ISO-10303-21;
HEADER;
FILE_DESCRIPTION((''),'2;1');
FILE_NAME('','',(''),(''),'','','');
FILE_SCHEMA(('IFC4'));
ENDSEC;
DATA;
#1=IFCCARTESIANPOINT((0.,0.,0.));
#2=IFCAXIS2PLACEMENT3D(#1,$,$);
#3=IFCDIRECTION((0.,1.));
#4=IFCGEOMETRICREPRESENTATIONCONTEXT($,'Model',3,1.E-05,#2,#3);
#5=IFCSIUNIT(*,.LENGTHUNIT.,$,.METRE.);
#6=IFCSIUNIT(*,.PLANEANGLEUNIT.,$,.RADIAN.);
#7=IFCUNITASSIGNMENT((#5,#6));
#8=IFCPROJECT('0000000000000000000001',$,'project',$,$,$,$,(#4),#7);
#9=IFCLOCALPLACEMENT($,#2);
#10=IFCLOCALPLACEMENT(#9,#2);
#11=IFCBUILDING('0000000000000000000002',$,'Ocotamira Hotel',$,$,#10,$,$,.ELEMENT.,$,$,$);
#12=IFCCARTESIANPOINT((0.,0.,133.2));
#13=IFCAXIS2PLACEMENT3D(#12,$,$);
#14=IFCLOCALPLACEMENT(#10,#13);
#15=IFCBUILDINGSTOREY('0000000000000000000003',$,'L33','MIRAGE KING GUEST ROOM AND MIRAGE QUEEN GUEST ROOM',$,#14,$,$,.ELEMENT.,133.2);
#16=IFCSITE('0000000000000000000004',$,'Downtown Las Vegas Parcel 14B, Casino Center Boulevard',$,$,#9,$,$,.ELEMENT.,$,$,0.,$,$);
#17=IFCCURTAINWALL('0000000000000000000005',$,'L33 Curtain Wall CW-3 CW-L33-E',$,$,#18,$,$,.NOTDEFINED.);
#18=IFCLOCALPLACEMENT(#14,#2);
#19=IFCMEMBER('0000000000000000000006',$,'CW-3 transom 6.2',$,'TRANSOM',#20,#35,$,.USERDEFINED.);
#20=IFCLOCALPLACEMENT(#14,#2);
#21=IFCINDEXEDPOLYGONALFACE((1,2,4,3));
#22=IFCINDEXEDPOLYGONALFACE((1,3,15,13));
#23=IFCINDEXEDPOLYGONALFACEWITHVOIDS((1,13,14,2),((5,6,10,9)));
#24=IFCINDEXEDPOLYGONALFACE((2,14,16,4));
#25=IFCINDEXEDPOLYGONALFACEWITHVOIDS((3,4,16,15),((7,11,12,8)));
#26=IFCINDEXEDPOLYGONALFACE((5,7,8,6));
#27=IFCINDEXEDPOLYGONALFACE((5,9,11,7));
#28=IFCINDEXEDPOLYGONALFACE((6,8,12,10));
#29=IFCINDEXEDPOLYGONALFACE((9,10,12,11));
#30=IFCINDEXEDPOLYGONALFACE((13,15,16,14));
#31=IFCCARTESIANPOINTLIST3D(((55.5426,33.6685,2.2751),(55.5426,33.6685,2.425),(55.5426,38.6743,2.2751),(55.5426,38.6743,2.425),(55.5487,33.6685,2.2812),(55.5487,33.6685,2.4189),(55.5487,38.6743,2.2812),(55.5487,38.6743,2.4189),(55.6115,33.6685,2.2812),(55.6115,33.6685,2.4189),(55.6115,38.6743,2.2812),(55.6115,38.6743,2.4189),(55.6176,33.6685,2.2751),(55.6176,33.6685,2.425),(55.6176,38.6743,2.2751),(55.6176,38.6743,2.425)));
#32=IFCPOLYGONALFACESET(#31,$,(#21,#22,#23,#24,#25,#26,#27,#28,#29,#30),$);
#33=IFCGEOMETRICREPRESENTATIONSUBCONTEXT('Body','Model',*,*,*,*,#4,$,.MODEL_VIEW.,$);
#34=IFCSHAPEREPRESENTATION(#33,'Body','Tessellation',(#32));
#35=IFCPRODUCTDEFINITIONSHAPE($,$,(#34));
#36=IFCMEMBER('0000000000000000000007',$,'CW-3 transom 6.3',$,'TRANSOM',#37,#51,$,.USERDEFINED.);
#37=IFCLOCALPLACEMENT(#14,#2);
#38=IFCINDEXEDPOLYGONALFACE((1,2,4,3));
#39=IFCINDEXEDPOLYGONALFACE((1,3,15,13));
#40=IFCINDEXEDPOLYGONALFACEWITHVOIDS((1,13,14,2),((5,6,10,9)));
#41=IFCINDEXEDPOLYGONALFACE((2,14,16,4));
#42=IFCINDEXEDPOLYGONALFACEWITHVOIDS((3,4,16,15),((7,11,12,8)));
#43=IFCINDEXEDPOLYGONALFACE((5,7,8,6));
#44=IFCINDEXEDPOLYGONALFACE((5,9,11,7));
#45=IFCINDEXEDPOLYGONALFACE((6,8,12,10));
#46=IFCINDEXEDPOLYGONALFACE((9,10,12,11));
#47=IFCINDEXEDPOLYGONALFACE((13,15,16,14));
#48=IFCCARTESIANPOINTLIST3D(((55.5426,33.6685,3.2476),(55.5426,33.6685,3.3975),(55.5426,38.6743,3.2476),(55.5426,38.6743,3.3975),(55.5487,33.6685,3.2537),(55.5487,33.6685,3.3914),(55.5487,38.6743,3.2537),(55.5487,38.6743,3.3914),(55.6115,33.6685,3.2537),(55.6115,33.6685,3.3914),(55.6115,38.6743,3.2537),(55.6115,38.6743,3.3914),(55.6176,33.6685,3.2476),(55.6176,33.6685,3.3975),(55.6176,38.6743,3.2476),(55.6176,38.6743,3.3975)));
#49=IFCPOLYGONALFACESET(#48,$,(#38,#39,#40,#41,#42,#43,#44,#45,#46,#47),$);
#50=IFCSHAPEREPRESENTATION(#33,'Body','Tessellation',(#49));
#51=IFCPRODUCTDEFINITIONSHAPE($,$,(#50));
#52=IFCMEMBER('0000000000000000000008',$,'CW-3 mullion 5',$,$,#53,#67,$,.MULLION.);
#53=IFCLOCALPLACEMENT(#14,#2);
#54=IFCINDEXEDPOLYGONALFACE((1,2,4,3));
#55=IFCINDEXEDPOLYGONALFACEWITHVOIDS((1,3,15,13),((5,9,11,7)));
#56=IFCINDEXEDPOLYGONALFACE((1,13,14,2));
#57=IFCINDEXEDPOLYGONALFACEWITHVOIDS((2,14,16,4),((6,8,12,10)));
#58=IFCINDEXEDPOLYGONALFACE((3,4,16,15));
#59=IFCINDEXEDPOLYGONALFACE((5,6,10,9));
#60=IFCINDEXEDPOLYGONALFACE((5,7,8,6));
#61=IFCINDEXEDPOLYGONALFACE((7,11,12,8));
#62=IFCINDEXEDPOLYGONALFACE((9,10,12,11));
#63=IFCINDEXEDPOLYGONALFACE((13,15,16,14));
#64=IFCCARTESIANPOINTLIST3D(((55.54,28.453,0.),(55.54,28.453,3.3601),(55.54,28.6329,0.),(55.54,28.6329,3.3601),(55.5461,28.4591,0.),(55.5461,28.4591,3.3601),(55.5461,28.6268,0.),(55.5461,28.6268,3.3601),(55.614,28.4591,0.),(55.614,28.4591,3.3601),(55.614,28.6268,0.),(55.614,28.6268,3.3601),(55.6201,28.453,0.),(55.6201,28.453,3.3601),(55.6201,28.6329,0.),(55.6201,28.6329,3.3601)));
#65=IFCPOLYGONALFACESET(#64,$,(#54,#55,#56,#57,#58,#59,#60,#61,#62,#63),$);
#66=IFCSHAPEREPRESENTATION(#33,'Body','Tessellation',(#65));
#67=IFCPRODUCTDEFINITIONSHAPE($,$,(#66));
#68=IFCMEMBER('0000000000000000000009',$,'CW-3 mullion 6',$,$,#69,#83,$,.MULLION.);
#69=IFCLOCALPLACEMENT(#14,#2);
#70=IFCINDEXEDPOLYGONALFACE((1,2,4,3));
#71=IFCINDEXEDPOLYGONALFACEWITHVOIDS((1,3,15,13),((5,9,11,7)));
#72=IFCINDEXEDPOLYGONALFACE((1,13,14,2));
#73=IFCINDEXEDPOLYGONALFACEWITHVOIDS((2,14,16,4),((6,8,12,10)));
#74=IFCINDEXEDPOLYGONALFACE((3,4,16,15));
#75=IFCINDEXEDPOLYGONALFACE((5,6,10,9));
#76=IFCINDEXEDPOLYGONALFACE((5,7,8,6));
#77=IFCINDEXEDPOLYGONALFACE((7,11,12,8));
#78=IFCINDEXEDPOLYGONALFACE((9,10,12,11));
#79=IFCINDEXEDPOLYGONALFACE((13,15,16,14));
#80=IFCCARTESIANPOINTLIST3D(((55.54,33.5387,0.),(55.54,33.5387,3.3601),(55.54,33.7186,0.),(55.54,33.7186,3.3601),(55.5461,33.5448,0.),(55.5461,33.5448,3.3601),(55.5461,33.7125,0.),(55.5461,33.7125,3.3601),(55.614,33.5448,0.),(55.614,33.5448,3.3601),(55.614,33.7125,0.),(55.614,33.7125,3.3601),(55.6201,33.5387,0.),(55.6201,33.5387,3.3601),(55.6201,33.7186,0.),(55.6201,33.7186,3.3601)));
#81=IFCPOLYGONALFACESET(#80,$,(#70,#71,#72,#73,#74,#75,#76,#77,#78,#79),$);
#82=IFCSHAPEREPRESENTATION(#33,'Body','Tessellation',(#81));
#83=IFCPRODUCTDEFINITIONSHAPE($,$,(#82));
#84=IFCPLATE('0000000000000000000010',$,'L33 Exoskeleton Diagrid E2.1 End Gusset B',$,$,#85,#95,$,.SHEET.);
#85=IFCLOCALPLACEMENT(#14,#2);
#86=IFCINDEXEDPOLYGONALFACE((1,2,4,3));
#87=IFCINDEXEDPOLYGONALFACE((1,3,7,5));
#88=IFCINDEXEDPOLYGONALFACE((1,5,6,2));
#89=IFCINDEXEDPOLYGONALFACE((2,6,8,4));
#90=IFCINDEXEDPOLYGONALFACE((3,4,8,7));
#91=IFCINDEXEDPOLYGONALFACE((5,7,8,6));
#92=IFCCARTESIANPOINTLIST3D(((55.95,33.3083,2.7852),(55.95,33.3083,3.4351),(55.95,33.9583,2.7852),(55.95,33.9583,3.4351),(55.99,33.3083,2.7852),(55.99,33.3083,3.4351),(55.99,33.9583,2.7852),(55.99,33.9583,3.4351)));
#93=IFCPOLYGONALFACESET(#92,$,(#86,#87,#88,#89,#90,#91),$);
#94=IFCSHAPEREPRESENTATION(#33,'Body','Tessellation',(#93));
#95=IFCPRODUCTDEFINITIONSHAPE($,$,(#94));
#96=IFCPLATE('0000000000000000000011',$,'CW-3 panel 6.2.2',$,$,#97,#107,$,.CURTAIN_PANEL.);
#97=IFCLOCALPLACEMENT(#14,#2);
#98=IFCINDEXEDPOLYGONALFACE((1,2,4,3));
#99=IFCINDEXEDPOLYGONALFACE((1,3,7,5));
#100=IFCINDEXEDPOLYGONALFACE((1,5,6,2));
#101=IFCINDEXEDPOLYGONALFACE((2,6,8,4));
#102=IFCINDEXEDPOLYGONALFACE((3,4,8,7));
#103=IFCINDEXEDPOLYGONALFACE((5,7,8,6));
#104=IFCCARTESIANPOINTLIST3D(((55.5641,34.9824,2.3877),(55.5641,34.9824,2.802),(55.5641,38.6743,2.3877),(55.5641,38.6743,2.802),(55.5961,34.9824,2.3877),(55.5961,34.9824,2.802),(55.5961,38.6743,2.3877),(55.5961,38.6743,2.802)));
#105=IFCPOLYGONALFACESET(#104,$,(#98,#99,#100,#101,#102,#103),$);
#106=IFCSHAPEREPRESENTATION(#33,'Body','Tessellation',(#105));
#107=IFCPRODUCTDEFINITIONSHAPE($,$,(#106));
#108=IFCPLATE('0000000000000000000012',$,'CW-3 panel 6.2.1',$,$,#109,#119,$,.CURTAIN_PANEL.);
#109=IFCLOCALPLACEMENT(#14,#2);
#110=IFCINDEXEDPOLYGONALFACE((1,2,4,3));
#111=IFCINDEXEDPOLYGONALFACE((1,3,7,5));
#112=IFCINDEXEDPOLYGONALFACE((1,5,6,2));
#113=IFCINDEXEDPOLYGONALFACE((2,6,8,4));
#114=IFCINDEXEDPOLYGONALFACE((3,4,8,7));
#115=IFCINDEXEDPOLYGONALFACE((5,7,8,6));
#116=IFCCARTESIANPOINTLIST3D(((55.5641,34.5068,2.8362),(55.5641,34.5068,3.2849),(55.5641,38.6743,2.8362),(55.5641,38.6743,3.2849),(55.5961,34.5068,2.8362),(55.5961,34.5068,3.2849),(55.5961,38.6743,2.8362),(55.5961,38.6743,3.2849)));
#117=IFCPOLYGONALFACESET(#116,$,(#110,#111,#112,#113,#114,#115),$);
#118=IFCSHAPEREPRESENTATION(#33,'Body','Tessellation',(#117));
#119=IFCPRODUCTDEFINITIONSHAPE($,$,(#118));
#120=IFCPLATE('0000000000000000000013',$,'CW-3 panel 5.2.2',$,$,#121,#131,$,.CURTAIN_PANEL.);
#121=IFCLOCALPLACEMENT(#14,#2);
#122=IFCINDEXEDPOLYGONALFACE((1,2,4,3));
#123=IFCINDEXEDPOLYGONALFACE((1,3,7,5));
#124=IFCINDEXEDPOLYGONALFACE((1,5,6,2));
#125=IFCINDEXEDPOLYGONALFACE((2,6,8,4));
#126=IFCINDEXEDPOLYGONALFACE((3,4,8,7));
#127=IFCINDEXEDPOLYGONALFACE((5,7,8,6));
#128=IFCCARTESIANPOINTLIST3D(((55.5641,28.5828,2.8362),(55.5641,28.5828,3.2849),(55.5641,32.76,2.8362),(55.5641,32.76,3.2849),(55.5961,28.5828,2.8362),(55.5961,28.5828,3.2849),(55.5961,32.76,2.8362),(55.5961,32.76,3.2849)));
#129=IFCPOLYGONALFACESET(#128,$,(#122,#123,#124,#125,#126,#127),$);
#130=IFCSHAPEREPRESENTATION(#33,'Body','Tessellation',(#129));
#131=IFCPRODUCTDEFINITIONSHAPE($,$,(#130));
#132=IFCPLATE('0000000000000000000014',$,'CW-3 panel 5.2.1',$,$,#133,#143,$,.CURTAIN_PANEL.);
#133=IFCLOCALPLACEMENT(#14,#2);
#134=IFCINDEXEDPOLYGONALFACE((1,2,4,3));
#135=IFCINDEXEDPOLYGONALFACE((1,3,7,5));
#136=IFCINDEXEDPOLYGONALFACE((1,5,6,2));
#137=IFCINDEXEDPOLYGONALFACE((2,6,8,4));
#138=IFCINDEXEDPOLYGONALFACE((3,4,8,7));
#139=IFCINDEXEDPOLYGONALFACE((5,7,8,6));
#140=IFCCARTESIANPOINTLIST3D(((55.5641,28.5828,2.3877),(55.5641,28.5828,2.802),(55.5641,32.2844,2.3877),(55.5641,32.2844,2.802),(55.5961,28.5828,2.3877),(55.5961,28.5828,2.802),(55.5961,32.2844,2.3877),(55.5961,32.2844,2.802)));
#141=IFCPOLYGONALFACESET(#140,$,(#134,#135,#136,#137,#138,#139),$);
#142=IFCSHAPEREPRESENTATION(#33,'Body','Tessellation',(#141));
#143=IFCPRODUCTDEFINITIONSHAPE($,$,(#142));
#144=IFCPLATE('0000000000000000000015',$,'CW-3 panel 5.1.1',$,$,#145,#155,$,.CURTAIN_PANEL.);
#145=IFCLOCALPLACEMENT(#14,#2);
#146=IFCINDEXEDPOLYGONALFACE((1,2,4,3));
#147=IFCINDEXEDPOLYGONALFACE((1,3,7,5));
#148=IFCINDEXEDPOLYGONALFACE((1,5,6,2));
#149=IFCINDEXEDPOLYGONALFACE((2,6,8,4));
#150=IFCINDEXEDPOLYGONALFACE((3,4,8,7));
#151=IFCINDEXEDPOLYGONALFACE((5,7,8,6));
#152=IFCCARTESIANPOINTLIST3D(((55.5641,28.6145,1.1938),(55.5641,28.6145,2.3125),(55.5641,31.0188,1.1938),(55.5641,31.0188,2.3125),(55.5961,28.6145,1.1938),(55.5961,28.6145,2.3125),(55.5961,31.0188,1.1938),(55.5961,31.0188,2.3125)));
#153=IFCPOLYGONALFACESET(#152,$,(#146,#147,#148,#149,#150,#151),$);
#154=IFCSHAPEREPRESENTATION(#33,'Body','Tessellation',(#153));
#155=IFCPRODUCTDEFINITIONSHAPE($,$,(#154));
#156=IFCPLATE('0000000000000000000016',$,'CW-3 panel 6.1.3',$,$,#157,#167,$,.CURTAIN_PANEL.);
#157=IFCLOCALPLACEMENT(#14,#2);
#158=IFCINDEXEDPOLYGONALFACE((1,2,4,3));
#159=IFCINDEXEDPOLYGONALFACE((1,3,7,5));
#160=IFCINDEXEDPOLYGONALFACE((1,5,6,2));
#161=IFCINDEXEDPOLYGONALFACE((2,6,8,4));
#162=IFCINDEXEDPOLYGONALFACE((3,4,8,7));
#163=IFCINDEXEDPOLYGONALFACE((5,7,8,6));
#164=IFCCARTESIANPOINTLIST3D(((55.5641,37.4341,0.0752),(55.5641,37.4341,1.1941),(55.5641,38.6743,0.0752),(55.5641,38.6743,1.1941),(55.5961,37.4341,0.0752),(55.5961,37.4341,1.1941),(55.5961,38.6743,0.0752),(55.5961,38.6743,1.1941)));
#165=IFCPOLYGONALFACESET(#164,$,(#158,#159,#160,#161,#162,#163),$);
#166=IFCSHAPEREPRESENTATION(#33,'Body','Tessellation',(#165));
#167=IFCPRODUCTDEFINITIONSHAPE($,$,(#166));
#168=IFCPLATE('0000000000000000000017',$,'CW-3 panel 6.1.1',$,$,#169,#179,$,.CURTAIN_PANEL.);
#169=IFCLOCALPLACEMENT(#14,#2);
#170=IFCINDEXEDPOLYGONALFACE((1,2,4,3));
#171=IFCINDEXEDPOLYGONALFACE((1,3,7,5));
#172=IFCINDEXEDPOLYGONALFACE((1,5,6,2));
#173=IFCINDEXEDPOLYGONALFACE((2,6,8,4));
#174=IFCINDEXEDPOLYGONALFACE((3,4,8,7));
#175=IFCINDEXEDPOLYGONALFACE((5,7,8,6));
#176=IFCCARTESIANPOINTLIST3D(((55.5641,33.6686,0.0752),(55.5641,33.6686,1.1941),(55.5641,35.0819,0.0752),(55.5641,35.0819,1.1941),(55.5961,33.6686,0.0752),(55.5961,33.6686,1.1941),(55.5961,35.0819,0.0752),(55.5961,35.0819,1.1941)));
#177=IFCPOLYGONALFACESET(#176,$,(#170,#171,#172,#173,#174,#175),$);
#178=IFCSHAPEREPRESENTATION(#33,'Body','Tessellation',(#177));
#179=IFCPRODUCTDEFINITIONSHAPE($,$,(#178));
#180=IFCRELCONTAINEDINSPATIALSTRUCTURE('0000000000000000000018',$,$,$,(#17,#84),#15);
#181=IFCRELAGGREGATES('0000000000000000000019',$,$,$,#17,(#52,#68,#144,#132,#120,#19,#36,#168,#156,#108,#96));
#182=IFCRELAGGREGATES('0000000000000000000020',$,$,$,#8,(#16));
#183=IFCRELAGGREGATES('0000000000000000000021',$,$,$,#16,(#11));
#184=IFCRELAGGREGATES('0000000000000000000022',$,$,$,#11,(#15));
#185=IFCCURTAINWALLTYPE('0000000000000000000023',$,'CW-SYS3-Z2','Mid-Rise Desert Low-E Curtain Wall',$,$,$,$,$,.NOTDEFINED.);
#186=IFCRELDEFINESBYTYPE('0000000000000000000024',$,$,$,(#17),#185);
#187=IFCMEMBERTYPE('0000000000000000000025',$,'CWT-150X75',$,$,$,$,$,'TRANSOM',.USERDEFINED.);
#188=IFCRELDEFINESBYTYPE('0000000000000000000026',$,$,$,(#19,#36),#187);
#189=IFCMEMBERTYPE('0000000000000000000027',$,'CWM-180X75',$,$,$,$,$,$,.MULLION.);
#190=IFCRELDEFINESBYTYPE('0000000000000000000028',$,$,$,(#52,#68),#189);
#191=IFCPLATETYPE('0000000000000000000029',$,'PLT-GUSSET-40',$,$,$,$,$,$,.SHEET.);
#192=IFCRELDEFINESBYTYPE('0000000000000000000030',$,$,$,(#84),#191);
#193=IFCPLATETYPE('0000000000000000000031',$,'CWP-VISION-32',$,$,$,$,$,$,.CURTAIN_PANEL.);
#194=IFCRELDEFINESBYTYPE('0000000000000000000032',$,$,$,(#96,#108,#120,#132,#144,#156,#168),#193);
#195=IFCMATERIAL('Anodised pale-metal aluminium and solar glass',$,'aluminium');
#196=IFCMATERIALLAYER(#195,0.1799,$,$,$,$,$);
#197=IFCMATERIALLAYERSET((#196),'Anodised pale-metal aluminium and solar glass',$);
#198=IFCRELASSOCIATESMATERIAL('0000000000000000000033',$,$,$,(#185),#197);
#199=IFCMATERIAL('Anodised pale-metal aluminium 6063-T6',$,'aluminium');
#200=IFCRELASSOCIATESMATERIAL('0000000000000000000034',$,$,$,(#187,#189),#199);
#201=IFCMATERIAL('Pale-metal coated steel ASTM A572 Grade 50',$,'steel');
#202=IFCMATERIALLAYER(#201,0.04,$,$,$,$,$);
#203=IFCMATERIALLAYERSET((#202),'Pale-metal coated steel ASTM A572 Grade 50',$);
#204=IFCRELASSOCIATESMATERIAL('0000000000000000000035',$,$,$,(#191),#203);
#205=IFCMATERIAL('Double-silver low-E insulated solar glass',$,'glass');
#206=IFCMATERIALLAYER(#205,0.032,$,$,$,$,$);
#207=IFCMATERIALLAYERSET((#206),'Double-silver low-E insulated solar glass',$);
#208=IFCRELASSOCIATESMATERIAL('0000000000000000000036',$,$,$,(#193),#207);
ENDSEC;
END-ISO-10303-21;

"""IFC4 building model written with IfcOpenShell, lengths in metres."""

from ifc_helpers import new_model, si_unit, direction, frame, origin, origin_2d, place, context, subcontext, project, spatial, rectangle, hollow_rectangle, extrude, source, transform, mapped, material, layer, layer_set, material_profile, profile_set, type_object, element, aggregate, save


model = new_model("IFC4")

# Units and contexts
model_context = context("Model", 3, precision=1e-05, world=origin(), true_north=direction((0.0, 1.0)))
body_context = subcontext(model_context, "Body", "Model", "MODEL_VIEW")
ifc_project = project(units=[si_unit("LENGTHUNIT", "METRE"), si_unit("PLANEANGLEUNIT", "RADIAN")], contexts=[model_context])

# Site, building, storey
site_placement = place(None, origin())
site = spatial("IfcSite", under=ifc_project, at=site_placement, Name="Downtown Las Vegas Parcel 14B, Casino Center Boulevard", CompositionType="ELEMENT", RefElevation=0.0)
building_placement = place(site_placement, origin())
building = spatial("IfcBuilding", under=site, at=building_placement, Name="Ocotamira Hotel", CompositionType="ELEMENT")
storey_placement = place(building_placement, frame((0.0, 0.0, 133.2)))
storey = spatial("IfcBuildingStorey", under=building, at=storey_placement, Name="L33", Description="MIRAGE KING GUEST ROOM AND MIRAGE QUEEN GUEST ROOM", CompositionType="ELEMENT", Elevation=133.2)

# Curtain wall, members
ifc_material_1 = material(Name="Anodised pale-metal aluminium and solar glass", Category="aluminium")
ifc_layer_1 = layer(ifc_material_1, 0.1799)
ifc_layer_set_1 = layer_set([ifc_layer_1], Name="Anodised pale-metal aluminium and solar glass")
curtain_wall_type = type_object("IfcCurtainWallType", Name="CW-SYS3-Z2", Description="Mid-Rise Desert Low-E Curtain Wall", PredefinedType="NOTDEFINED", material=ifc_layer_set_1)
curtain_wall_placement = place(storey_placement, origin())
curtain_wall = element("IfcCurtainWall", 1, at=curtain_wall_placement, inside=storey, type_object=curtain_wall_type, Name="L33 Curtain Wall CW-3 CW-L33-E", PredefinedType="NOTDEFINED")
ifc_material_2 = material(Name="Anodised pale-metal aluminium 6063-T6", Category="aluminium")
ifc_material_profile_1 = material_profile(ifc_material_2, hollow_rectangle(XDim=0.075, YDim=0.1499, WallThickness=0.0061, at=origin_2d()), Name="HSS150X75X6")
ifc_profile_set_1 = profile_set([ifc_material_profile_1], Name="Anodised pale-metal aluminium 6063-T6")
member_type_1 = type_object("IfcMemberType", Name="CWT-150X75", ElementType="TRANSOM", PredefinedType="USERDEFINED", material=ifc_profile_set_1)
shared_shape_1 = source(origin(), body_context, "Body", "SweptSolid", [
    extrude(hollow_rectangle(XDim=0.075, YDim=0.1499, WallThickness=0.0061, at=origin_2d()), origin(), (0.0, 0.0, 1.0), 5.0059),
])
member_1_placement = place(storey_placement, frame((55.5801, 33.6685, 2.3501), z_axis=(0.0, 1.0, 0.0), x_axis=(-1.0, 0.0, 0.0)))
member_1 = element("IfcMember", 2, at=member_1_placement, type_object=member_type_1, Name="CW-3 transom 6.2", ObjectType="TRANSOM", PredefinedType="USERDEFINED", context=body_context, shape_type="MappedRepresentation", body=[
    mapped(shared_shape_1, transform((0.0, 0.0, 0.0), scale=1.0)),
])
member_2_placement = place(storey_placement, frame((55.5801, 33.6685, 3.3225), z_axis=(0.0, 1.0, 0.0), x_axis=(-1.0, 0.0, 0.0)))
member_2 = element("IfcMember", 3, at=member_2_placement, type_object=member_type_1, Name="CW-3 transom 6.3", ObjectType="TRANSOM", PredefinedType="USERDEFINED", context=body_context, shape_type="MappedRepresentation", body=[
    mapped(shared_shape_1, transform((0.0, 0.0, 0.0), scale=1.0)),
])
ifc_material_profile_2 = material_profile(ifc_material_2, hollow_rectangle(XDim=0.0801, YDim=0.1799, WallThickness=0.0061, at=origin_2d()), Name="HSS180X80X6")
ifc_profile_set_2 = profile_set([ifc_material_profile_2], Name="Anodised pale-metal aluminium 6063-T6")
member_type_2 = type_object("IfcMemberType", Name="CWM-180X75", PredefinedType="MULLION", material=ifc_profile_set_2)
shared_shape_2 = source(origin(), body_context, "Body", "SweptSolid", [
    extrude(hollow_rectangle(XDim=0.0801, YDim=0.1799, WallThickness=0.0061, at=origin_2d()), origin(), (0.0, 0.0, 1.0), 3.3601),
])
member_3_placement = place(storey_placement, frame((55.5801, 28.543, 0.0), z_axis=(0.0, 0.0, 1.0), x_axis=(-1.0, 0.0, 0.0)))
member_3 = element("IfcMember", 4, at=member_3_placement, type_object=member_type_2, Name="CW-3 mullion 5", PredefinedType="MULLION", context=body_context, shape_type="MappedRepresentation", body=[
    mapped(shared_shape_2, transform((0.0, 0.0, 0.0), scale=1.0)),
])
member_4_placement = place(storey_placement, frame((55.5801, 33.6287, 0.0), z_axis=(0.0, 0.0, 1.0), x_axis=(-1.0, 0.0, 0.0)))
member_4 = element("IfcMember", 5, at=member_4_placement, type_object=member_type_2, Name="CW-3 mullion 6", PredefinedType="MULLION", context=body_context, shape_type="MappedRepresentation", body=[
    mapped(shared_shape_2, transform((0.0, 0.0, 0.0), scale=1.0)),
])

# Plates
ifc_material_3 = material(Name="Pale-metal coated steel ASTM A572 Grade 50", Category="steel")
ifc_layer_2 = layer(ifc_material_3, 0.04)
ifc_layer_set_2 = layer_set([ifc_layer_2], Name="Pale-metal coated steel ASTM A572 Grade 50")
plate_type_1 = type_object("IfcPlateType", Name="PLT-GUSSET-40", PredefinedType="SHEET", material=ifc_layer_set_2)
shared_shape_3 = source(origin(), body_context, "Body", "SweptSolid", [
    extrude(rectangle(XDim=0.04, YDim=0.6499, at=origin_2d()), origin(), (0.0, 0.0, 1.0), 0.6499),
])
plate_1_placement = place(storey_placement, frame((55.97, 33.6333, 2.7852), z_axis=(0.0, 0.0, 1.0), x_axis=(1.0, 0.0, 0.0)))
element("IfcPlate", 6, at=plate_1_placement, inside=storey, type_object=plate_type_1, Name="L33 Exoskeleton Diagrid E2.1 End Gusset B", PredefinedType="SHEET", context=body_context, shape_type="MappedRepresentation", body=[
    mapped(shared_shape_3, transform((0.0, 0.0, 0.0), scale=1.0)),
])
ifc_material_4 = material(Name="Double-silver low-E insulated solar glass", Category="glass")
ifc_layer_3 = layer(ifc_material_4, 0.032)
ifc_layer_set_3 = layer_set([ifc_layer_3], Name="Double-silver low-E insulated solar glass")
plate_type_2 = type_object("IfcPlateType", Name="CWP-VISION-32", PredefinedType="CURTAIN_PANEL", material=ifc_layer_set_3)
shared_shape_4 = source(origin(), body_context, "Body", "SweptSolid", [
    extrude(rectangle(XDim=3.6919, YDim=0.032, at=origin_2d()), origin(), (0.0, 0.0, 1.0), 0.4143),
])
plate_2_placement = place(storey_placement, frame((55.5801, 36.8284, 2.3877), z_axis=(0.0, 0.0, 1.0), x_axis=(0.0, 1.0, 0.0)))
plate_2 = element("IfcPlate", 7, at=plate_2_placement, type_object=plate_type_2, Name="CW-3 panel 6.2.2", PredefinedType="CURTAIN_PANEL", context=body_context, shape_type="MappedRepresentation", body=[
    mapped(shared_shape_4, transform((0.0, 0.0, 0.0), scale=1.0)),
])
shared_shape_5 = source(origin(), body_context, "Body", "SweptSolid", [
    extrude(rectangle(XDim=4.1675, YDim=0.032, at=origin_2d()), origin(), (0.0, 0.0, 1.0), 0.4487),
])
plate_3_placement = place(storey_placement, frame((55.5801, 36.5906, 2.8362), z_axis=(0.0, 0.0, 1.0), x_axis=(0.0, 1.0, 0.0)))
plate_3 = element("IfcPlate", 8, at=plate_3_placement, type_object=plate_type_2, Name="CW-3 panel 6.2.1", PredefinedType="CURTAIN_PANEL", context=body_context, shape_type="MappedRepresentation", body=[
    mapped(shared_shape_5, transform((0.0, 0.0, 0.0), scale=1.0)),
])
shared_shape_6 = source(origin(), body_context, "Body", "SweptSolid", [
    extrude(rectangle(XDim=4.1772, YDim=0.032, at=origin_2d()), origin(), (0.0, 0.0, 1.0), 0.4487),
])
plate_4_placement = place(storey_placement, frame((55.5801, 30.6714, 2.8362), z_axis=(0.0, 0.0, 1.0), x_axis=(0.0, 1.0, 0.0)))
plate_4 = element("IfcPlate", 9, at=plate_4_placement, type_object=plate_type_2, Name="CW-3 panel 5.2.2", PredefinedType="CURTAIN_PANEL", context=body_context, shape_type="MappedRepresentation", body=[
    mapped(shared_shape_6, transform((0.0, 0.0, 0.0), scale=1.0)),
])
shared_shape_7 = source(origin(), body_context, "Body", "SweptSolid", [
    extrude(rectangle(XDim=3.7017, YDim=0.032, at=origin_2d()), origin(), (0.0, 0.0, 1.0), 0.4143),
])
plate_5_placement = place(storey_placement, frame((55.5801, 30.4336, 2.3877), z_axis=(0.0, 0.0, 1.0), x_axis=(0.0, 1.0, 0.0)))
plate_5 = element("IfcPlate", 10, at=plate_5_placement, type_object=plate_type_2, Name="CW-3 panel 5.2.1", PredefinedType="CURTAIN_PANEL", context=body_context, shape_type="MappedRepresentation", body=[
    mapped(shared_shape_7, transform((0.0, 0.0, 0.0), scale=1.0)),
])
shared_shape_8 = source(origin(), body_context, "Body", "SweptSolid", [
    extrude(rectangle(XDim=2.4043, YDim=0.032, at=origin_2d()), origin(), (0.0, 0.0, 1.0), 1.1187),
])
plate_6_placement = place(storey_placement, frame((55.5801, 29.8167, 1.1938), z_axis=(0.0, 0.0, 1.0), x_axis=(0.0, 1.0, 0.0)))
plate_6 = element("IfcPlate", 11, at=plate_6_placement, type_object=plate_type_2, Name="CW-3 panel 5.1.1", PredefinedType="CURTAIN_PANEL", context=body_context, shape_type="MappedRepresentation", body=[
    mapped(shared_shape_8, transform((0.0, 0.0, 0.0), scale=1.0)),
])
shared_shape_9 = source(origin(), body_context, "Body", "SweptSolid", [
    extrude(rectangle(XDim=1.2402, YDim=0.032, at=origin_2d()), origin(), (0.0, 0.0, 1.0), 1.1189),
])
plate_7_placement = place(storey_placement, frame((55.5801, 38.0542, 0.0752), z_axis=(0.0, 0.0, 1.0), x_axis=(0.0, 1.0, 0.0)))
plate_7 = element("IfcPlate", 12, at=plate_7_placement, type_object=plate_type_2, Name="CW-3 panel 6.1.3", PredefinedType="CURTAIN_PANEL", context=body_context, shape_type="MappedRepresentation", body=[
    mapped(shared_shape_9, transform((0.0, 0.0, 0.0), scale=1.0)),
])
shared_shape_10 = source(origin(), body_context, "Body", "SweptSolid", [
    extrude(rectangle(XDim=1.4133, YDim=0.032, at=origin_2d()), origin(), (0.0, 0.0, 1.0), 1.1189),
])
plate_8_placement = place(storey_placement, frame((55.5801, 34.3752, 0.0752), z_axis=(0.0, 0.0, 1.0), x_axis=(0.0, 1.0, 0.0)))
plate_8 = element("IfcPlate", 13, at=plate_8_placement, type_object=plate_type_2, Name="CW-3 panel 6.1.1", PredefinedType="CURTAIN_PANEL", context=body_context, shape_type="MappedRepresentation", body=[
    mapped(shared_shape_10, transform((0.0, 0.0, 0.0), scale=1.0)),
])
aggregate(curtain_wall, [member_3, member_4, plate_6, plate_5, plate_4, member_1, member_2, plate_8, plate_7, plate_3, plate_2])

save(model, "model.ifc")
